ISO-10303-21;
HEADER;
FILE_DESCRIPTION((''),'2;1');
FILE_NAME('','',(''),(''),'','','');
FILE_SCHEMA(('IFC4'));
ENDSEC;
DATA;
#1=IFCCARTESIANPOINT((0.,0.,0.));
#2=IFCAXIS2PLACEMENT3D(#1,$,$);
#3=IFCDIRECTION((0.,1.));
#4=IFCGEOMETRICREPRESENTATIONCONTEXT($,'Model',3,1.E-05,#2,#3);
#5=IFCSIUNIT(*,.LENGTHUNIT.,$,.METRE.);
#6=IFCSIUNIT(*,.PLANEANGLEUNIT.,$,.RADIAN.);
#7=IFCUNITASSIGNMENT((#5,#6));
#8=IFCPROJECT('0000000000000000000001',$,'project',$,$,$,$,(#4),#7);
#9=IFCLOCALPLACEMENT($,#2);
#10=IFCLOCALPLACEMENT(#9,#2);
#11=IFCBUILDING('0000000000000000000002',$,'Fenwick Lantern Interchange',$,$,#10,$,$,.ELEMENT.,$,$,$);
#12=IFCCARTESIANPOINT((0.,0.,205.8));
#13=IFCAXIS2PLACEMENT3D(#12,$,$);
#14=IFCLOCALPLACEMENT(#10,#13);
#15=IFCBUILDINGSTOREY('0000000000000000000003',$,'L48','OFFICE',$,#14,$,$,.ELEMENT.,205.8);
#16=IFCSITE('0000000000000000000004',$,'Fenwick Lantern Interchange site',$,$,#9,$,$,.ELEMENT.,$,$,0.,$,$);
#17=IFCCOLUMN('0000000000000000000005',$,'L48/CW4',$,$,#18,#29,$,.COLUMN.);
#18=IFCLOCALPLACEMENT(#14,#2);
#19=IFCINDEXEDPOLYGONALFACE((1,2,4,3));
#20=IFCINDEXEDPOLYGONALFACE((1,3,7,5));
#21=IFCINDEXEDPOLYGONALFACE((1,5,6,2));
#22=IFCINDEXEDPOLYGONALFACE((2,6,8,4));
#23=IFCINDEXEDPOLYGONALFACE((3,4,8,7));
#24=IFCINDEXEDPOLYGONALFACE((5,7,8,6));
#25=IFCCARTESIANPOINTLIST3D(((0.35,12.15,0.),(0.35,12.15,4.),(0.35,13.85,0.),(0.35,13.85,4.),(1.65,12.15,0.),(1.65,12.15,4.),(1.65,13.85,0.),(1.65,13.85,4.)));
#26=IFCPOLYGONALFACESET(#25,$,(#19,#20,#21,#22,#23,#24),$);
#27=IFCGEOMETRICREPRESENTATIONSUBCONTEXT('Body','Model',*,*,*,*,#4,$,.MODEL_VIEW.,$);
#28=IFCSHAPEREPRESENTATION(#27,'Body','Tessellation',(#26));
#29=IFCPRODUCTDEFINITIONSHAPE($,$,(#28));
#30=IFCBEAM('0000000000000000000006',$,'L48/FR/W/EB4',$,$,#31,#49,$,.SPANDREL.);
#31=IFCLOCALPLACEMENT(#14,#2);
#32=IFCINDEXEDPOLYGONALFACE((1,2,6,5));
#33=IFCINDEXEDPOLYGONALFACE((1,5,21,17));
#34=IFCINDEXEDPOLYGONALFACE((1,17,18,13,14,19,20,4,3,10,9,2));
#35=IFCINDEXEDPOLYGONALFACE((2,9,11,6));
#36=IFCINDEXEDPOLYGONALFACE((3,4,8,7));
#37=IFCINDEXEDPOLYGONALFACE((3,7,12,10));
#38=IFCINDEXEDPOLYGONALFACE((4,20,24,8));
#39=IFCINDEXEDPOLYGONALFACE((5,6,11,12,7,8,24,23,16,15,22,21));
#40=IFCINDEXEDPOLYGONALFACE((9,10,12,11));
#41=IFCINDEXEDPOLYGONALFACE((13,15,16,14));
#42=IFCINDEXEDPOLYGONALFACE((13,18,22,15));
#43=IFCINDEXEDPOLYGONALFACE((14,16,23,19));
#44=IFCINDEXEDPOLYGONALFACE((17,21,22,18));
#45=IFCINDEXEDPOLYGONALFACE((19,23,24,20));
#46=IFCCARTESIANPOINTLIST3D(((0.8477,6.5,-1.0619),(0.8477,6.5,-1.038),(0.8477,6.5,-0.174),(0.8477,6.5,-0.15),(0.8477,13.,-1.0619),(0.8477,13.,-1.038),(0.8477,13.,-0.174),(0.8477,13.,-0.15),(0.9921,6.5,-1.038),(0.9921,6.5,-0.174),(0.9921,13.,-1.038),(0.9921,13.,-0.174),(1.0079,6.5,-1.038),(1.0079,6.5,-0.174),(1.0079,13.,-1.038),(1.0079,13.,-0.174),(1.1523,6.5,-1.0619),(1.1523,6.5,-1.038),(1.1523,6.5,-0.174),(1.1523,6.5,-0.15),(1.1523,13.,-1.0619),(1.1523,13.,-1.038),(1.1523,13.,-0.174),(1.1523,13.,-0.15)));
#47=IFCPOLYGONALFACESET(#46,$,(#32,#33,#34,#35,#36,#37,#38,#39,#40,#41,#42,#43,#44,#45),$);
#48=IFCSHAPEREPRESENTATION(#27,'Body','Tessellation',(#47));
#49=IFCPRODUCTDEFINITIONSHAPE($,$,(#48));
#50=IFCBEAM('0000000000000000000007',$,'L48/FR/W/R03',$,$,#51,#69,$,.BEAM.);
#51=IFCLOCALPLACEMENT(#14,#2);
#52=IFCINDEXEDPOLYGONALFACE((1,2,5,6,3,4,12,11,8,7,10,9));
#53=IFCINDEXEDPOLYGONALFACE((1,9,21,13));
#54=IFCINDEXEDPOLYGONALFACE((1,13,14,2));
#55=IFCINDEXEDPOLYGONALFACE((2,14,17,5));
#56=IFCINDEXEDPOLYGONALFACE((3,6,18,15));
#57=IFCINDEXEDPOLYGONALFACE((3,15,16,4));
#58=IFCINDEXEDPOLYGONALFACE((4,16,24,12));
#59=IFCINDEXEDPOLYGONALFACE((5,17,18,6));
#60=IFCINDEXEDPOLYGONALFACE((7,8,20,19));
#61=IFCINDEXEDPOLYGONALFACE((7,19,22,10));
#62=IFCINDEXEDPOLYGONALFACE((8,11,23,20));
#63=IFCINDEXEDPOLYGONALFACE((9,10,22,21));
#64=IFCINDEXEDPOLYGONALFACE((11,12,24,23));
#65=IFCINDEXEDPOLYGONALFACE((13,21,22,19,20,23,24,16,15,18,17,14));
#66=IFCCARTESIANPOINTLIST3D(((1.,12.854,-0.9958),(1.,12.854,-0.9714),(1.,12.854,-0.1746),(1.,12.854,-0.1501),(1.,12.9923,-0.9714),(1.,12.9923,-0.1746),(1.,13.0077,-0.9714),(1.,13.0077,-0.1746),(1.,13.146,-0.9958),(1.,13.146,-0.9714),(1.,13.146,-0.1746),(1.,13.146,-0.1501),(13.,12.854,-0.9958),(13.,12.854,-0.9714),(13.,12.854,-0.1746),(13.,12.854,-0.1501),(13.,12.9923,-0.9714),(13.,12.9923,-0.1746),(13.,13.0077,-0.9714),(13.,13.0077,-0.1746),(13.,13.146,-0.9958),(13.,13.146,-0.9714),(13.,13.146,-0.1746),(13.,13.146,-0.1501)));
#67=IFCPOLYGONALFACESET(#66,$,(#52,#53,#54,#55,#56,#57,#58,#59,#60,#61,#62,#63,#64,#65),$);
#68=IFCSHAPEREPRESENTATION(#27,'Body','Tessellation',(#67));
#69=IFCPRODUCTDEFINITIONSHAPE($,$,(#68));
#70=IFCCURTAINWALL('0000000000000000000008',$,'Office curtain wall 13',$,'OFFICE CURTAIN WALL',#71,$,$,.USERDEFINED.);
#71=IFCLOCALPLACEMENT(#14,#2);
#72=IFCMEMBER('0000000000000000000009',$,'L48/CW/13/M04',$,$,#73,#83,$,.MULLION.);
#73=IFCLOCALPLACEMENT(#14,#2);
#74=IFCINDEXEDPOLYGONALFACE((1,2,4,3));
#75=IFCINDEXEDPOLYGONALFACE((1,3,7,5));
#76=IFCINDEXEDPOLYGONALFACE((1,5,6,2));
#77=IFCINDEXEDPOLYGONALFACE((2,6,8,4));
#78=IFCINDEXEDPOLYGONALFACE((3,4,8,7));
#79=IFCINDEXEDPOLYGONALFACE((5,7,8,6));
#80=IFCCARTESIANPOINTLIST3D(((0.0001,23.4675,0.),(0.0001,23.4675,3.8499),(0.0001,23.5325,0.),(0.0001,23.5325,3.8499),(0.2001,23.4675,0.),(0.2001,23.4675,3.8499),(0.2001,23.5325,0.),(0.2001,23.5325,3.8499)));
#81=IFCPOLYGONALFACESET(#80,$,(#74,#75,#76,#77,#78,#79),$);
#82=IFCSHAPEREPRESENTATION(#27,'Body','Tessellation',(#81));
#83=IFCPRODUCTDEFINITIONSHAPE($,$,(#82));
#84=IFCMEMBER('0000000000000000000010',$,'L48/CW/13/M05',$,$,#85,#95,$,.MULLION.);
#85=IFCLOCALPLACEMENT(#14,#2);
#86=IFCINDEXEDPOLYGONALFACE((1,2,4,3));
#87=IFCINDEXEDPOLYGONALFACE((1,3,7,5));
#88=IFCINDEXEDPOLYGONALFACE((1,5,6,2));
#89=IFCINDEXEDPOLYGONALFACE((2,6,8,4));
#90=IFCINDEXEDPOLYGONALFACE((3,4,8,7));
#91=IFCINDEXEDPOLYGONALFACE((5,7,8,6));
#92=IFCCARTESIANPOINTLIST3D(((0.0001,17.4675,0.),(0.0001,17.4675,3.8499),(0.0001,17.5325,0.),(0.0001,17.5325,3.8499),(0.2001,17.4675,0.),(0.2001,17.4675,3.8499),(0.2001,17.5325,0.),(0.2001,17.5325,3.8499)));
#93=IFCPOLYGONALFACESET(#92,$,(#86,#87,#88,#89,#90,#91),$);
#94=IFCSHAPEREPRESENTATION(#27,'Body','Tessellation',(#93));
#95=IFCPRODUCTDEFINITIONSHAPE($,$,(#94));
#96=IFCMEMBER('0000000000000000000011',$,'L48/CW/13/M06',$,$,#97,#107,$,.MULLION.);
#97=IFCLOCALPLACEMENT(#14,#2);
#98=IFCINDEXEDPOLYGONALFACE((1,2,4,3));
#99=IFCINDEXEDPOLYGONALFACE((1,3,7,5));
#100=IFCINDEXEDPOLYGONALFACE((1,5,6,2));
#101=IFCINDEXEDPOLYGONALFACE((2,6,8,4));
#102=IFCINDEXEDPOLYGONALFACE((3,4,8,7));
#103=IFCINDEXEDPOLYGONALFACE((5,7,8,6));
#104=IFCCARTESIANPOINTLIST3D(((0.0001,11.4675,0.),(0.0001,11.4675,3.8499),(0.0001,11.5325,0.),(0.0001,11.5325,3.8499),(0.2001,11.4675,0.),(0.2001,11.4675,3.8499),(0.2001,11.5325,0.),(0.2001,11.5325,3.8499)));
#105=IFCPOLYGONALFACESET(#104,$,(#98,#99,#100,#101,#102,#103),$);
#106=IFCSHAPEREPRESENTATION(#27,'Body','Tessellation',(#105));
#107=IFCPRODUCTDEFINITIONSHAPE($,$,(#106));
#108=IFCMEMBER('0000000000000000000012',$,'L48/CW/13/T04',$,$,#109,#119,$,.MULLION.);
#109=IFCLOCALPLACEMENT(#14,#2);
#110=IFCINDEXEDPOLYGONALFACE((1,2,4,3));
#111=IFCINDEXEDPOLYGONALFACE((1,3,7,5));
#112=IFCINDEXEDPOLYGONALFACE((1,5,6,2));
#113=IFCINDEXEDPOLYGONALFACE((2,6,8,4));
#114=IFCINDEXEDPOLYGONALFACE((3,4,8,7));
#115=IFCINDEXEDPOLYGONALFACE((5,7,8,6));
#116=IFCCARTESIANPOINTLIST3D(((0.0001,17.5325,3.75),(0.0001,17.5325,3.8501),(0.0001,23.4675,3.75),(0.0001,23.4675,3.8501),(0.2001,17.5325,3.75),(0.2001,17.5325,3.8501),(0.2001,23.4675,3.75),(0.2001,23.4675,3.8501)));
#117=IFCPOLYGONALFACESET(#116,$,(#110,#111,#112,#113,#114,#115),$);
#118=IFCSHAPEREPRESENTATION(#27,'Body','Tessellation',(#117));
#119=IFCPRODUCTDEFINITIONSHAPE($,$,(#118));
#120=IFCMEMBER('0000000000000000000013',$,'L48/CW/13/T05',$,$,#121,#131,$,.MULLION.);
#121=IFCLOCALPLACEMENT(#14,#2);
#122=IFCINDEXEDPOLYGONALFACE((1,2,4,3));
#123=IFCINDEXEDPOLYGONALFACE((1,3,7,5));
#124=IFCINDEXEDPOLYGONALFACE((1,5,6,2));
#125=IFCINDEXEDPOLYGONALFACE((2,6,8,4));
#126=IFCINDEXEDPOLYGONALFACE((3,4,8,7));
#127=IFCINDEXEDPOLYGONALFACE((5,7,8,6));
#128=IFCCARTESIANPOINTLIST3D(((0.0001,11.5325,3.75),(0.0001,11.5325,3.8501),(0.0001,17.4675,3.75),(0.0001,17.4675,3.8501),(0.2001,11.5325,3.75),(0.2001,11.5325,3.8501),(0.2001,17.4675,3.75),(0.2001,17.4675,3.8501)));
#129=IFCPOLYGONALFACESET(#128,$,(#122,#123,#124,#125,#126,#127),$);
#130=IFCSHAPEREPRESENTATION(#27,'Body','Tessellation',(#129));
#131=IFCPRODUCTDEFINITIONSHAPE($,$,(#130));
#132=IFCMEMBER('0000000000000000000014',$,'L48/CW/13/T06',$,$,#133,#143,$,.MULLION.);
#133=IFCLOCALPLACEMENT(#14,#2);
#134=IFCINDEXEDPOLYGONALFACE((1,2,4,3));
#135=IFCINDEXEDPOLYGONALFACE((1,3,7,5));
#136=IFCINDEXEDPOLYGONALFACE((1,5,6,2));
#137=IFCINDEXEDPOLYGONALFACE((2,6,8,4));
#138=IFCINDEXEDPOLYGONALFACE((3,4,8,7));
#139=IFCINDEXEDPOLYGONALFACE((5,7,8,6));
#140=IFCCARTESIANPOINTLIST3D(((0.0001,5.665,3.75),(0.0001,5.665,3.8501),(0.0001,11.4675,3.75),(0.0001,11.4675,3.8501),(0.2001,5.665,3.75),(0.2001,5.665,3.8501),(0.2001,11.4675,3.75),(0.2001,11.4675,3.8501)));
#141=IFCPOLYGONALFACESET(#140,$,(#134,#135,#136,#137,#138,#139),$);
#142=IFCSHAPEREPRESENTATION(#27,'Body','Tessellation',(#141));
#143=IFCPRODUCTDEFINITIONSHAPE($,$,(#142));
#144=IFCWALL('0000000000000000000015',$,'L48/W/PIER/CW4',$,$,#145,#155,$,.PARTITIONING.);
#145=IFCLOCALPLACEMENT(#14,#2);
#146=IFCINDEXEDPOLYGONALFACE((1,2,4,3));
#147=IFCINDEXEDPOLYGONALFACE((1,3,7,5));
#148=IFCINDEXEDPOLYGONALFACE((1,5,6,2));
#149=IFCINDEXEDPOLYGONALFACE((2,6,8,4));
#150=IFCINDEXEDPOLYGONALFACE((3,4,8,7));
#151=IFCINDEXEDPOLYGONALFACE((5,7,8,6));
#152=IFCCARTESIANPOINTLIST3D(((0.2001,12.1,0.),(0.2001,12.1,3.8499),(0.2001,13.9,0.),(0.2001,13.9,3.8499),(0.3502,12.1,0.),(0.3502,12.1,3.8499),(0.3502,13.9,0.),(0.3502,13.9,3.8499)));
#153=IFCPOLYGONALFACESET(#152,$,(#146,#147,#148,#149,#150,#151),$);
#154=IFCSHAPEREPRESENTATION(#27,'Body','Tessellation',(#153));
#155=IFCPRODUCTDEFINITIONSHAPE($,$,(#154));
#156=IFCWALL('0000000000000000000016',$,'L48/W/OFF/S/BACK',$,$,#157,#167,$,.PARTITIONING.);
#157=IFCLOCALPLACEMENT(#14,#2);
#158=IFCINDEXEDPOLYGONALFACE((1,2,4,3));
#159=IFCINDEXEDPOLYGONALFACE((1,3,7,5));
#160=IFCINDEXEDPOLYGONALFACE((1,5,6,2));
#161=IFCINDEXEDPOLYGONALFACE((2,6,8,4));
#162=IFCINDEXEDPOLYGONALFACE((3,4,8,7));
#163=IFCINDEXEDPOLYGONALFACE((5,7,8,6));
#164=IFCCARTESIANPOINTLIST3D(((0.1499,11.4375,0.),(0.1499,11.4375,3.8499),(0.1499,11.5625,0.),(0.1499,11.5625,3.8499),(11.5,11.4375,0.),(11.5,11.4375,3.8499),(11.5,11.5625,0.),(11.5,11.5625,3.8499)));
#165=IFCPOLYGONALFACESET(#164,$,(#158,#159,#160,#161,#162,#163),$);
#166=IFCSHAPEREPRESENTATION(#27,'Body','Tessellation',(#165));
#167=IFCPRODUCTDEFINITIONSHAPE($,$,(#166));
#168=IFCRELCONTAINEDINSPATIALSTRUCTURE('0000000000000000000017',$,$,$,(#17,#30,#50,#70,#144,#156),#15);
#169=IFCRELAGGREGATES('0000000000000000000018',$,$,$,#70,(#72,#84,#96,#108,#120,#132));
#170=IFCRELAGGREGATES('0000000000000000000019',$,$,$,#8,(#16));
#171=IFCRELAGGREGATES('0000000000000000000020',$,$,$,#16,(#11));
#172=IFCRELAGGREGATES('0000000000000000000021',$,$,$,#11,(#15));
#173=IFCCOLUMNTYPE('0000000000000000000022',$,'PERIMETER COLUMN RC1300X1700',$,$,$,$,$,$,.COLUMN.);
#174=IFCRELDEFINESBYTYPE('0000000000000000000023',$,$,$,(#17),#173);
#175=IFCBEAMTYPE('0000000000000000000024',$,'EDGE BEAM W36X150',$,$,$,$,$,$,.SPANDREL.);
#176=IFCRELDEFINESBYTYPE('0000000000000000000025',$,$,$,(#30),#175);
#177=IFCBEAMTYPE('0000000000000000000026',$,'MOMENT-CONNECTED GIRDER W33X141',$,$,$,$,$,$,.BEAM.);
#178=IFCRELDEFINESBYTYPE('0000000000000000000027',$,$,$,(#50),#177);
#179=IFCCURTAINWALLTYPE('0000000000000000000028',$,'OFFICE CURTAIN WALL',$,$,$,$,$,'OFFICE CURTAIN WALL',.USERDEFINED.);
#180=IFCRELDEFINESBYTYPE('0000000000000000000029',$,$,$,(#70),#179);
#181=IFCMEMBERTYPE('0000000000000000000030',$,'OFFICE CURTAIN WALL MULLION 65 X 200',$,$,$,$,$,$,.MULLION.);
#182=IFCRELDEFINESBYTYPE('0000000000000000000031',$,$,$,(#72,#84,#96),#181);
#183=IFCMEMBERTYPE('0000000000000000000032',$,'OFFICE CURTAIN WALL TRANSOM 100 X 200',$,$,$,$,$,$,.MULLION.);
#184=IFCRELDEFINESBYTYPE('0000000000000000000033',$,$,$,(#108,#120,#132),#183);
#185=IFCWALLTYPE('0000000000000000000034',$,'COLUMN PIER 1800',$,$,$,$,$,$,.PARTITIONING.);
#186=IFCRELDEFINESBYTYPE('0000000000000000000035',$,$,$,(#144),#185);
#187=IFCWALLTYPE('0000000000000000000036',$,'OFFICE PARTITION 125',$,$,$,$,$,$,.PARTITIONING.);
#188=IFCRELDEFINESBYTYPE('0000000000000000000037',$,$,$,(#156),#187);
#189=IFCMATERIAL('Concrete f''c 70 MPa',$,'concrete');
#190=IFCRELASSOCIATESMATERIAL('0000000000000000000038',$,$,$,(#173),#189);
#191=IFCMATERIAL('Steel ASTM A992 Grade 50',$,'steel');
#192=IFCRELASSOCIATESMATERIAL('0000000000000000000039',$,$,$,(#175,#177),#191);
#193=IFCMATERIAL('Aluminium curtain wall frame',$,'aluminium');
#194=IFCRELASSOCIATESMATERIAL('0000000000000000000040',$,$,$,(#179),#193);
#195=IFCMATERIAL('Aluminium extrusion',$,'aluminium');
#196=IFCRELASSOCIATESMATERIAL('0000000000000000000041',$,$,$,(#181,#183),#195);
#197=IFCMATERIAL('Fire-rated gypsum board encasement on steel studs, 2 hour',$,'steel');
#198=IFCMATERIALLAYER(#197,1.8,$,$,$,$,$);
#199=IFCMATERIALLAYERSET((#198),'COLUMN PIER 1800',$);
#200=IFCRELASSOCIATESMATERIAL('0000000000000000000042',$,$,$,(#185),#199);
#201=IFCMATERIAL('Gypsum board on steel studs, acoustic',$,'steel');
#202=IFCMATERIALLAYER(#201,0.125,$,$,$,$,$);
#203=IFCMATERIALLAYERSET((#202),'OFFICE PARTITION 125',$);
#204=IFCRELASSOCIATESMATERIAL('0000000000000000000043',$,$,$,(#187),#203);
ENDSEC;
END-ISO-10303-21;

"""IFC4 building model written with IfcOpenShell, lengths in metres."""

from ifc_helpers import new_model, si_unit, direction, frame, frame_2d, origin, origin_2d, place, context, subcontext, project, spatial, rectangle, i_section, extrude, material, layer, layer_set, material_profile, profile_set, type_object, element, aggregate, save


model = new_model("IFC4")

# Units and contexts
model_context = context("Model", 3, precision=1e-05, world=origin(), true_north=direction((0.0, 1.0)))
body_context = subcontext(model_context, "Body", "Model", "MODEL_VIEW")
ifc_project = project(units=[si_unit("LENGTHUNIT", "METRE"), si_unit("PLANEANGLEUNIT", "RADIAN")], contexts=[model_context])

# Site, building, storey
site_placement = place(None, origin())
site = spatial("IfcSite", under=ifc_project, at=site_placement, Name="Fenwick Lantern Interchange site", CompositionType="ELEMENT", RefElevation=0.0)
building_placement = place(site_placement, origin())
building = spatial("IfcBuilding", under=site, at=building_placement, Name="Fenwick Lantern Interchange", CompositionType="ELEMENT")
storey_placement = place(building_placement, frame((0.0, 0.0, 205.8)))
storey = spatial("IfcBuildingStorey", under=building, at=storey_placement, Name="L48", Description="OFFICE", CompositionType="ELEMENT", Elevation=205.8)

# Column
ifc_material_1 = material(Name="Concrete f'c 70 MPa", Category="concrete")
ifc_material_profile_1 = material_profile(ifc_material_1, rectangle(XDim=1.3, YDim=1.7, at=origin_2d()), Name="RC1300X1700")
ifc_profile_set_1 = profile_set([ifc_material_profile_1], Name="Concrete f'c 70 MPa")
column_type = type_object("IfcColumnType", Name="PERIMETER COLUMN RC1300X1700", PredefinedType="COLUMN", material=ifc_profile_set_1)
column_placement = place(storey_placement, frame((1.0, 13.0, 0.0), z_axis=(0.0, 0.0, 1.0), x_axis=(1.0, 0.0, 0.0)))
element("IfcColumn", 1, at=column_placement, inside=storey, type_object=column_type, Name="L48/CW4", PredefinedType="COLUMN", context=body_context, shape_type="SweptSolid", body=[
    extrude(rectangle(XDim=1.3, YDim=1.7, at=origin_2d()), origin(), (0.0, 0.0, 1.0), 4.0),
])

# Beams
ifc_material_2 = material(Name="Steel ASTM A992 Grade 50", Category="steel")
ifc_material_profile_2 = material_profile(ifc_material_2, i_section(OverallWidth=0.3047, OverallDepth=0.9119, WebThickness=0.0159, FlangeThickness=0.0239, at=origin_2d()), Name="W36X150")
ifc_profile_set_2 = profile_set([ifc_material_profile_2], Name="Steel ASTM A992 Grade 50")
beam_type_1 = type_object("IfcBeamType", Name="EDGE BEAM W36X150", PredefinedType="SPANDREL", material=ifc_profile_set_2)
beam_1_placement = place(storey_placement, frame((1.0, 13.0, -0.606), z_axis=(0.0, -1.0, 0.0), x_axis=(1.0, 0.0, 0.0)))
element("IfcBeam", 2, at=beam_1_placement, inside=storey, type_object=beam_type_1, Name="L48/FR/W/EB4", PredefinedType="SPANDREL", context=body_context, shape_type="SweptSolid", body=[
    extrude(i_section(OverallWidth=0.3047, OverallDepth=0.9119, WebThickness=0.0159, FlangeThickness=0.0239, at=origin_2d()), origin(), (0.0, 0.0, 1.0), 6.5),
])
ifc_material_profile_3 = material_profile(ifc_material_2, i_section(OverallWidth=0.292, OverallDepth=0.8457, WebThickness=0.0154, FlangeThickness=0.0244, at=origin_2d()), Name="W33X141")
ifc_profile_set_3 = profile_set([ifc_material_profile_3], Name="Steel ASTM A992 Grade 50")
beam_type_2 = type_object("IfcBeamType", Name="MOMENT-CONNECTED GIRDER W33X141", PredefinedType="BEAM", material=ifc_profile_set_3)
beam_2_placement = place(storey_placement, frame((1.0, 13.0, -0.573), z_axis=(1.0, 0.0, 0.0), x_axis=(0.0, 1.0, 0.0)))
element("IfcBeam", 3, at=beam_2_placement, inside=storey, type_object=beam_type_2, Name="L48/FR/W/R03", PredefinedType="BEAM", context=body_context, shape_type="SweptSolid", body=[
    extrude(i_section(OverallWidth=0.292, OverallDepth=0.8457, WebThickness=0.0154, FlangeThickness=0.0244, at=origin_2d()), origin(), (0.0, 0.0, 1.0), 12.0),
])

# Curtain wall, members
ifc_material_3 = material(Name="Aluminium curtain wall frame", Category="aluminium")
curtain_wall_type = type_object("IfcCurtainWallType", Name="OFFICE CURTAIN WALL", ElementType="OFFICE CURTAIN WALL", PredefinedType="USERDEFINED", material=ifc_material_3)
curtain_wall_placement = place(storey_placement, origin())
curtain_wall = element("IfcCurtainWall", 4, at=curtain_wall_placement, inside=storey, type_object=curtain_wall_type, Name="Office curtain wall 13", ObjectType="OFFICE CURTAIN WALL", PredefinedType="USERDEFINED")
ifc_material_4 = material(Name="Aluminium extrusion", Category="aluminium")
ifc_material_profile_4 = material_profile(ifc_material_4, rectangle(XDim=0.2, YDim=0.0649, at=origin_2d()), Name="OFFICE CURTAIN WALL MULLION 65 X 200")
ifc_profile_set_4 = profile_set([ifc_material_profile_4], Name="Aluminium extrusion")
member_type_1 = type_object("IfcMemberType", Name="OFFICE CURTAIN WALL MULLION 65 X 200", PredefinedType="MULLION", material=ifc_profile_set_4)
member_1_placement = place(storey_placement, frame((0.1001, 23.5, 0.0), z_axis=(0.0, 0.0, 1.0), x_axis=(1.0, 0.0, 0.0)))
member_1 = element("IfcMember", 5, at=member_1_placement, type_object=member_type_1, Name="L48/CW/13/M04", PredefinedType="MULLION", context=body_context, shape_type="SweptSolid", body=[
    extrude(rectangle(XDim=0.2, YDim=0.0649, at=origin_2d()), origin(), (0.0, 0.0, 1.0), 3.8499),
])
member_2_placement = place(storey_placement, frame((0.1001, 17.5, 0.0), z_axis=(0.0, 0.0, 1.0), x_axis=(1.0, 0.0, 0.0)))
member_2 = element("IfcMember", 6, at=member_2_placement, type_object=member_type_1, Name="L48/CW/13/M05", PredefinedType="MULLION", context=body_context, shape_type="SweptSolid", body=[
    extrude(rectangle(XDim=0.2, YDim=0.0649, at=origin_2d()), origin(), (0.0, 0.0, 1.0), 3.8499),
])
member_3_placement = place(storey_placement, frame((0.1001, 11.5, 0.0), z_axis=(0.0, 0.0, 1.0), x_axis=(1.0, 0.0, 0.0)))
member_3 = element("IfcMember", 7, at=member_3_placement, type_object=member_type_1, Name="L48/CW/13/M06", PredefinedType="MULLION", context=body_context, shape_type="SweptSolid", body=[
    extrude(rectangle(XDim=0.2, YDim=0.0649, at=origin_2d()), origin(), (0.0, 0.0, 1.0), 3.8499),
])
ifc_material_profile_5 = material_profile(ifc_material_4, rectangle(XDim=0.2, YDim=0.1001, at=origin_2d()), Name="OFFICE CURTAIN WALL TRANSOM 100 X 200")
ifc_profile_set_5 = profile_set([ifc_material_profile_5], Name="Aluminium extrusion")
member_type_2 = type_object("IfcMemberType", Name="OFFICE CURTAIN WALL TRANSOM 100 X 200", PredefinedType="MULLION", material=ifc_profile_set_5)
member_4_placement = place(storey_placement, frame((0.1001, 23.4675, 3.8), z_axis=(0.0, -1.0, 0.0), x_axis=(1.0, 0.0, 0.0)))
member_4 = element("IfcMember", 8, at=member_4_placement, type_object=member_type_2, Name="L48/CW/13/T04", PredefinedType="MULLION", context=body_context, shape_type="SweptSolid", body=[
    extrude(rectangle(XDim=0.2, YDim=0.1001, at=origin_2d()), origin(), (0.0, 0.0, 1.0), 5.9351),
])
member_5_placement = place(storey_placement, frame((0.1001, 17.4675, 3.8), z_axis=(0.0, -1.0, 0.0), x_axis=(1.0, 0.0, 0.0)))
member_5 = element("IfcMember", 9, at=member_5_placement, type_object=member_type_2, Name="L48/CW/13/T05", PredefinedType="MULLION", context=body_context, shape_type="SweptSolid", body=[
    extrude(rectangle(XDim=0.2, YDim=0.1001, at=origin_2d()), origin(), (0.0, 0.0, 1.0), 5.9351),
])
member_6_placement = place(storey_placement, frame((0.1001, 11.4675, 3.8), z_axis=(0.0, -1.0, 0.0), x_axis=(1.0, 0.0, 0.0)))
member_6 = element("IfcMember", 10, at=member_6_placement, type_object=member_type_2, Name="L48/CW/13/T06", PredefinedType="MULLION", context=body_context, shape_type="SweptSolid", body=[
    extrude(rectangle(XDim=0.2, YDim=0.1001, at=origin_2d()), origin(), (0.0, 0.0, 1.0), 5.8025),
])
aggregate(curtain_wall, [member_1, member_2, member_3, member_4, member_5, member_6])

# Walls
ifc_material_5 = material(Name="Fire-rated gypsum board encasement on steel studs, 2 hour", Category="steel")
ifc_layer_1 = layer(ifc_material_5, 1.8)
ifc_layer_set_1 = layer_set([ifc_layer_1], Name="COLUMN PIER 1800")
wall_type_1 = type_object("IfcWallType", Name="COLUMN PIER 1800", PredefinedType="PARTITIONING", material=ifc_layer_set_1)
wall_1_placement = place(storey_placement, frame((0.2, 13.0, 0.0), z_axis=(0.0, 0.0, 1.0), x_axis=(1.0, 0.0, 0.0)))
element("IfcWall", 11, at=wall_1_placement, inside=storey, type_object=wall_type_1, Name="L48/W/PIER/CW4", PredefinedType="PARTITIONING", context=body_context, shape_type="SweptSolid", body=[
    extrude(rectangle(XDim=0.1501, YDim=1.8, at=frame_2d((0.0752, 0.0))), origin(), (0.0, 0.0, 1.0), 3.8499),
])
ifc_material_6 = material(Name="Gypsum board on steel studs, acoustic", Category="steel")
ifc_layer_2 = layer(ifc_material_6, 0.125)
ifc_layer_set_2 = layer_set([ifc_layer_2], Name="OFFICE PARTITION 125")
wall_type_2 = type_object("IfcWallType", Name="OFFICE PARTITION 125", PredefinedType="PARTITIONING", material=ifc_layer_set_2)
wall_2_placement = place(storey_placement, frame((0.1499, 11.5, 0.0), z_axis=(0.0, 0.0, 1.0), x_axis=(1.0, 0.0, 0.0)))
element("IfcWall", 12, at=wall_2_placement, inside=storey, type_object=wall_type_2, Name="L48/W/OFF/S/BACK", PredefinedType="PARTITIONING", context=body_context, shape_type="SweptSolid", body=[
    extrude(rectangle(XDim=11.3501, YDim=0.125, at=frame_2d((5.675, 0.0))), origin(), (0.0, 0.0, 1.0), 3.8499),
])

save(model, "model.ifc")
